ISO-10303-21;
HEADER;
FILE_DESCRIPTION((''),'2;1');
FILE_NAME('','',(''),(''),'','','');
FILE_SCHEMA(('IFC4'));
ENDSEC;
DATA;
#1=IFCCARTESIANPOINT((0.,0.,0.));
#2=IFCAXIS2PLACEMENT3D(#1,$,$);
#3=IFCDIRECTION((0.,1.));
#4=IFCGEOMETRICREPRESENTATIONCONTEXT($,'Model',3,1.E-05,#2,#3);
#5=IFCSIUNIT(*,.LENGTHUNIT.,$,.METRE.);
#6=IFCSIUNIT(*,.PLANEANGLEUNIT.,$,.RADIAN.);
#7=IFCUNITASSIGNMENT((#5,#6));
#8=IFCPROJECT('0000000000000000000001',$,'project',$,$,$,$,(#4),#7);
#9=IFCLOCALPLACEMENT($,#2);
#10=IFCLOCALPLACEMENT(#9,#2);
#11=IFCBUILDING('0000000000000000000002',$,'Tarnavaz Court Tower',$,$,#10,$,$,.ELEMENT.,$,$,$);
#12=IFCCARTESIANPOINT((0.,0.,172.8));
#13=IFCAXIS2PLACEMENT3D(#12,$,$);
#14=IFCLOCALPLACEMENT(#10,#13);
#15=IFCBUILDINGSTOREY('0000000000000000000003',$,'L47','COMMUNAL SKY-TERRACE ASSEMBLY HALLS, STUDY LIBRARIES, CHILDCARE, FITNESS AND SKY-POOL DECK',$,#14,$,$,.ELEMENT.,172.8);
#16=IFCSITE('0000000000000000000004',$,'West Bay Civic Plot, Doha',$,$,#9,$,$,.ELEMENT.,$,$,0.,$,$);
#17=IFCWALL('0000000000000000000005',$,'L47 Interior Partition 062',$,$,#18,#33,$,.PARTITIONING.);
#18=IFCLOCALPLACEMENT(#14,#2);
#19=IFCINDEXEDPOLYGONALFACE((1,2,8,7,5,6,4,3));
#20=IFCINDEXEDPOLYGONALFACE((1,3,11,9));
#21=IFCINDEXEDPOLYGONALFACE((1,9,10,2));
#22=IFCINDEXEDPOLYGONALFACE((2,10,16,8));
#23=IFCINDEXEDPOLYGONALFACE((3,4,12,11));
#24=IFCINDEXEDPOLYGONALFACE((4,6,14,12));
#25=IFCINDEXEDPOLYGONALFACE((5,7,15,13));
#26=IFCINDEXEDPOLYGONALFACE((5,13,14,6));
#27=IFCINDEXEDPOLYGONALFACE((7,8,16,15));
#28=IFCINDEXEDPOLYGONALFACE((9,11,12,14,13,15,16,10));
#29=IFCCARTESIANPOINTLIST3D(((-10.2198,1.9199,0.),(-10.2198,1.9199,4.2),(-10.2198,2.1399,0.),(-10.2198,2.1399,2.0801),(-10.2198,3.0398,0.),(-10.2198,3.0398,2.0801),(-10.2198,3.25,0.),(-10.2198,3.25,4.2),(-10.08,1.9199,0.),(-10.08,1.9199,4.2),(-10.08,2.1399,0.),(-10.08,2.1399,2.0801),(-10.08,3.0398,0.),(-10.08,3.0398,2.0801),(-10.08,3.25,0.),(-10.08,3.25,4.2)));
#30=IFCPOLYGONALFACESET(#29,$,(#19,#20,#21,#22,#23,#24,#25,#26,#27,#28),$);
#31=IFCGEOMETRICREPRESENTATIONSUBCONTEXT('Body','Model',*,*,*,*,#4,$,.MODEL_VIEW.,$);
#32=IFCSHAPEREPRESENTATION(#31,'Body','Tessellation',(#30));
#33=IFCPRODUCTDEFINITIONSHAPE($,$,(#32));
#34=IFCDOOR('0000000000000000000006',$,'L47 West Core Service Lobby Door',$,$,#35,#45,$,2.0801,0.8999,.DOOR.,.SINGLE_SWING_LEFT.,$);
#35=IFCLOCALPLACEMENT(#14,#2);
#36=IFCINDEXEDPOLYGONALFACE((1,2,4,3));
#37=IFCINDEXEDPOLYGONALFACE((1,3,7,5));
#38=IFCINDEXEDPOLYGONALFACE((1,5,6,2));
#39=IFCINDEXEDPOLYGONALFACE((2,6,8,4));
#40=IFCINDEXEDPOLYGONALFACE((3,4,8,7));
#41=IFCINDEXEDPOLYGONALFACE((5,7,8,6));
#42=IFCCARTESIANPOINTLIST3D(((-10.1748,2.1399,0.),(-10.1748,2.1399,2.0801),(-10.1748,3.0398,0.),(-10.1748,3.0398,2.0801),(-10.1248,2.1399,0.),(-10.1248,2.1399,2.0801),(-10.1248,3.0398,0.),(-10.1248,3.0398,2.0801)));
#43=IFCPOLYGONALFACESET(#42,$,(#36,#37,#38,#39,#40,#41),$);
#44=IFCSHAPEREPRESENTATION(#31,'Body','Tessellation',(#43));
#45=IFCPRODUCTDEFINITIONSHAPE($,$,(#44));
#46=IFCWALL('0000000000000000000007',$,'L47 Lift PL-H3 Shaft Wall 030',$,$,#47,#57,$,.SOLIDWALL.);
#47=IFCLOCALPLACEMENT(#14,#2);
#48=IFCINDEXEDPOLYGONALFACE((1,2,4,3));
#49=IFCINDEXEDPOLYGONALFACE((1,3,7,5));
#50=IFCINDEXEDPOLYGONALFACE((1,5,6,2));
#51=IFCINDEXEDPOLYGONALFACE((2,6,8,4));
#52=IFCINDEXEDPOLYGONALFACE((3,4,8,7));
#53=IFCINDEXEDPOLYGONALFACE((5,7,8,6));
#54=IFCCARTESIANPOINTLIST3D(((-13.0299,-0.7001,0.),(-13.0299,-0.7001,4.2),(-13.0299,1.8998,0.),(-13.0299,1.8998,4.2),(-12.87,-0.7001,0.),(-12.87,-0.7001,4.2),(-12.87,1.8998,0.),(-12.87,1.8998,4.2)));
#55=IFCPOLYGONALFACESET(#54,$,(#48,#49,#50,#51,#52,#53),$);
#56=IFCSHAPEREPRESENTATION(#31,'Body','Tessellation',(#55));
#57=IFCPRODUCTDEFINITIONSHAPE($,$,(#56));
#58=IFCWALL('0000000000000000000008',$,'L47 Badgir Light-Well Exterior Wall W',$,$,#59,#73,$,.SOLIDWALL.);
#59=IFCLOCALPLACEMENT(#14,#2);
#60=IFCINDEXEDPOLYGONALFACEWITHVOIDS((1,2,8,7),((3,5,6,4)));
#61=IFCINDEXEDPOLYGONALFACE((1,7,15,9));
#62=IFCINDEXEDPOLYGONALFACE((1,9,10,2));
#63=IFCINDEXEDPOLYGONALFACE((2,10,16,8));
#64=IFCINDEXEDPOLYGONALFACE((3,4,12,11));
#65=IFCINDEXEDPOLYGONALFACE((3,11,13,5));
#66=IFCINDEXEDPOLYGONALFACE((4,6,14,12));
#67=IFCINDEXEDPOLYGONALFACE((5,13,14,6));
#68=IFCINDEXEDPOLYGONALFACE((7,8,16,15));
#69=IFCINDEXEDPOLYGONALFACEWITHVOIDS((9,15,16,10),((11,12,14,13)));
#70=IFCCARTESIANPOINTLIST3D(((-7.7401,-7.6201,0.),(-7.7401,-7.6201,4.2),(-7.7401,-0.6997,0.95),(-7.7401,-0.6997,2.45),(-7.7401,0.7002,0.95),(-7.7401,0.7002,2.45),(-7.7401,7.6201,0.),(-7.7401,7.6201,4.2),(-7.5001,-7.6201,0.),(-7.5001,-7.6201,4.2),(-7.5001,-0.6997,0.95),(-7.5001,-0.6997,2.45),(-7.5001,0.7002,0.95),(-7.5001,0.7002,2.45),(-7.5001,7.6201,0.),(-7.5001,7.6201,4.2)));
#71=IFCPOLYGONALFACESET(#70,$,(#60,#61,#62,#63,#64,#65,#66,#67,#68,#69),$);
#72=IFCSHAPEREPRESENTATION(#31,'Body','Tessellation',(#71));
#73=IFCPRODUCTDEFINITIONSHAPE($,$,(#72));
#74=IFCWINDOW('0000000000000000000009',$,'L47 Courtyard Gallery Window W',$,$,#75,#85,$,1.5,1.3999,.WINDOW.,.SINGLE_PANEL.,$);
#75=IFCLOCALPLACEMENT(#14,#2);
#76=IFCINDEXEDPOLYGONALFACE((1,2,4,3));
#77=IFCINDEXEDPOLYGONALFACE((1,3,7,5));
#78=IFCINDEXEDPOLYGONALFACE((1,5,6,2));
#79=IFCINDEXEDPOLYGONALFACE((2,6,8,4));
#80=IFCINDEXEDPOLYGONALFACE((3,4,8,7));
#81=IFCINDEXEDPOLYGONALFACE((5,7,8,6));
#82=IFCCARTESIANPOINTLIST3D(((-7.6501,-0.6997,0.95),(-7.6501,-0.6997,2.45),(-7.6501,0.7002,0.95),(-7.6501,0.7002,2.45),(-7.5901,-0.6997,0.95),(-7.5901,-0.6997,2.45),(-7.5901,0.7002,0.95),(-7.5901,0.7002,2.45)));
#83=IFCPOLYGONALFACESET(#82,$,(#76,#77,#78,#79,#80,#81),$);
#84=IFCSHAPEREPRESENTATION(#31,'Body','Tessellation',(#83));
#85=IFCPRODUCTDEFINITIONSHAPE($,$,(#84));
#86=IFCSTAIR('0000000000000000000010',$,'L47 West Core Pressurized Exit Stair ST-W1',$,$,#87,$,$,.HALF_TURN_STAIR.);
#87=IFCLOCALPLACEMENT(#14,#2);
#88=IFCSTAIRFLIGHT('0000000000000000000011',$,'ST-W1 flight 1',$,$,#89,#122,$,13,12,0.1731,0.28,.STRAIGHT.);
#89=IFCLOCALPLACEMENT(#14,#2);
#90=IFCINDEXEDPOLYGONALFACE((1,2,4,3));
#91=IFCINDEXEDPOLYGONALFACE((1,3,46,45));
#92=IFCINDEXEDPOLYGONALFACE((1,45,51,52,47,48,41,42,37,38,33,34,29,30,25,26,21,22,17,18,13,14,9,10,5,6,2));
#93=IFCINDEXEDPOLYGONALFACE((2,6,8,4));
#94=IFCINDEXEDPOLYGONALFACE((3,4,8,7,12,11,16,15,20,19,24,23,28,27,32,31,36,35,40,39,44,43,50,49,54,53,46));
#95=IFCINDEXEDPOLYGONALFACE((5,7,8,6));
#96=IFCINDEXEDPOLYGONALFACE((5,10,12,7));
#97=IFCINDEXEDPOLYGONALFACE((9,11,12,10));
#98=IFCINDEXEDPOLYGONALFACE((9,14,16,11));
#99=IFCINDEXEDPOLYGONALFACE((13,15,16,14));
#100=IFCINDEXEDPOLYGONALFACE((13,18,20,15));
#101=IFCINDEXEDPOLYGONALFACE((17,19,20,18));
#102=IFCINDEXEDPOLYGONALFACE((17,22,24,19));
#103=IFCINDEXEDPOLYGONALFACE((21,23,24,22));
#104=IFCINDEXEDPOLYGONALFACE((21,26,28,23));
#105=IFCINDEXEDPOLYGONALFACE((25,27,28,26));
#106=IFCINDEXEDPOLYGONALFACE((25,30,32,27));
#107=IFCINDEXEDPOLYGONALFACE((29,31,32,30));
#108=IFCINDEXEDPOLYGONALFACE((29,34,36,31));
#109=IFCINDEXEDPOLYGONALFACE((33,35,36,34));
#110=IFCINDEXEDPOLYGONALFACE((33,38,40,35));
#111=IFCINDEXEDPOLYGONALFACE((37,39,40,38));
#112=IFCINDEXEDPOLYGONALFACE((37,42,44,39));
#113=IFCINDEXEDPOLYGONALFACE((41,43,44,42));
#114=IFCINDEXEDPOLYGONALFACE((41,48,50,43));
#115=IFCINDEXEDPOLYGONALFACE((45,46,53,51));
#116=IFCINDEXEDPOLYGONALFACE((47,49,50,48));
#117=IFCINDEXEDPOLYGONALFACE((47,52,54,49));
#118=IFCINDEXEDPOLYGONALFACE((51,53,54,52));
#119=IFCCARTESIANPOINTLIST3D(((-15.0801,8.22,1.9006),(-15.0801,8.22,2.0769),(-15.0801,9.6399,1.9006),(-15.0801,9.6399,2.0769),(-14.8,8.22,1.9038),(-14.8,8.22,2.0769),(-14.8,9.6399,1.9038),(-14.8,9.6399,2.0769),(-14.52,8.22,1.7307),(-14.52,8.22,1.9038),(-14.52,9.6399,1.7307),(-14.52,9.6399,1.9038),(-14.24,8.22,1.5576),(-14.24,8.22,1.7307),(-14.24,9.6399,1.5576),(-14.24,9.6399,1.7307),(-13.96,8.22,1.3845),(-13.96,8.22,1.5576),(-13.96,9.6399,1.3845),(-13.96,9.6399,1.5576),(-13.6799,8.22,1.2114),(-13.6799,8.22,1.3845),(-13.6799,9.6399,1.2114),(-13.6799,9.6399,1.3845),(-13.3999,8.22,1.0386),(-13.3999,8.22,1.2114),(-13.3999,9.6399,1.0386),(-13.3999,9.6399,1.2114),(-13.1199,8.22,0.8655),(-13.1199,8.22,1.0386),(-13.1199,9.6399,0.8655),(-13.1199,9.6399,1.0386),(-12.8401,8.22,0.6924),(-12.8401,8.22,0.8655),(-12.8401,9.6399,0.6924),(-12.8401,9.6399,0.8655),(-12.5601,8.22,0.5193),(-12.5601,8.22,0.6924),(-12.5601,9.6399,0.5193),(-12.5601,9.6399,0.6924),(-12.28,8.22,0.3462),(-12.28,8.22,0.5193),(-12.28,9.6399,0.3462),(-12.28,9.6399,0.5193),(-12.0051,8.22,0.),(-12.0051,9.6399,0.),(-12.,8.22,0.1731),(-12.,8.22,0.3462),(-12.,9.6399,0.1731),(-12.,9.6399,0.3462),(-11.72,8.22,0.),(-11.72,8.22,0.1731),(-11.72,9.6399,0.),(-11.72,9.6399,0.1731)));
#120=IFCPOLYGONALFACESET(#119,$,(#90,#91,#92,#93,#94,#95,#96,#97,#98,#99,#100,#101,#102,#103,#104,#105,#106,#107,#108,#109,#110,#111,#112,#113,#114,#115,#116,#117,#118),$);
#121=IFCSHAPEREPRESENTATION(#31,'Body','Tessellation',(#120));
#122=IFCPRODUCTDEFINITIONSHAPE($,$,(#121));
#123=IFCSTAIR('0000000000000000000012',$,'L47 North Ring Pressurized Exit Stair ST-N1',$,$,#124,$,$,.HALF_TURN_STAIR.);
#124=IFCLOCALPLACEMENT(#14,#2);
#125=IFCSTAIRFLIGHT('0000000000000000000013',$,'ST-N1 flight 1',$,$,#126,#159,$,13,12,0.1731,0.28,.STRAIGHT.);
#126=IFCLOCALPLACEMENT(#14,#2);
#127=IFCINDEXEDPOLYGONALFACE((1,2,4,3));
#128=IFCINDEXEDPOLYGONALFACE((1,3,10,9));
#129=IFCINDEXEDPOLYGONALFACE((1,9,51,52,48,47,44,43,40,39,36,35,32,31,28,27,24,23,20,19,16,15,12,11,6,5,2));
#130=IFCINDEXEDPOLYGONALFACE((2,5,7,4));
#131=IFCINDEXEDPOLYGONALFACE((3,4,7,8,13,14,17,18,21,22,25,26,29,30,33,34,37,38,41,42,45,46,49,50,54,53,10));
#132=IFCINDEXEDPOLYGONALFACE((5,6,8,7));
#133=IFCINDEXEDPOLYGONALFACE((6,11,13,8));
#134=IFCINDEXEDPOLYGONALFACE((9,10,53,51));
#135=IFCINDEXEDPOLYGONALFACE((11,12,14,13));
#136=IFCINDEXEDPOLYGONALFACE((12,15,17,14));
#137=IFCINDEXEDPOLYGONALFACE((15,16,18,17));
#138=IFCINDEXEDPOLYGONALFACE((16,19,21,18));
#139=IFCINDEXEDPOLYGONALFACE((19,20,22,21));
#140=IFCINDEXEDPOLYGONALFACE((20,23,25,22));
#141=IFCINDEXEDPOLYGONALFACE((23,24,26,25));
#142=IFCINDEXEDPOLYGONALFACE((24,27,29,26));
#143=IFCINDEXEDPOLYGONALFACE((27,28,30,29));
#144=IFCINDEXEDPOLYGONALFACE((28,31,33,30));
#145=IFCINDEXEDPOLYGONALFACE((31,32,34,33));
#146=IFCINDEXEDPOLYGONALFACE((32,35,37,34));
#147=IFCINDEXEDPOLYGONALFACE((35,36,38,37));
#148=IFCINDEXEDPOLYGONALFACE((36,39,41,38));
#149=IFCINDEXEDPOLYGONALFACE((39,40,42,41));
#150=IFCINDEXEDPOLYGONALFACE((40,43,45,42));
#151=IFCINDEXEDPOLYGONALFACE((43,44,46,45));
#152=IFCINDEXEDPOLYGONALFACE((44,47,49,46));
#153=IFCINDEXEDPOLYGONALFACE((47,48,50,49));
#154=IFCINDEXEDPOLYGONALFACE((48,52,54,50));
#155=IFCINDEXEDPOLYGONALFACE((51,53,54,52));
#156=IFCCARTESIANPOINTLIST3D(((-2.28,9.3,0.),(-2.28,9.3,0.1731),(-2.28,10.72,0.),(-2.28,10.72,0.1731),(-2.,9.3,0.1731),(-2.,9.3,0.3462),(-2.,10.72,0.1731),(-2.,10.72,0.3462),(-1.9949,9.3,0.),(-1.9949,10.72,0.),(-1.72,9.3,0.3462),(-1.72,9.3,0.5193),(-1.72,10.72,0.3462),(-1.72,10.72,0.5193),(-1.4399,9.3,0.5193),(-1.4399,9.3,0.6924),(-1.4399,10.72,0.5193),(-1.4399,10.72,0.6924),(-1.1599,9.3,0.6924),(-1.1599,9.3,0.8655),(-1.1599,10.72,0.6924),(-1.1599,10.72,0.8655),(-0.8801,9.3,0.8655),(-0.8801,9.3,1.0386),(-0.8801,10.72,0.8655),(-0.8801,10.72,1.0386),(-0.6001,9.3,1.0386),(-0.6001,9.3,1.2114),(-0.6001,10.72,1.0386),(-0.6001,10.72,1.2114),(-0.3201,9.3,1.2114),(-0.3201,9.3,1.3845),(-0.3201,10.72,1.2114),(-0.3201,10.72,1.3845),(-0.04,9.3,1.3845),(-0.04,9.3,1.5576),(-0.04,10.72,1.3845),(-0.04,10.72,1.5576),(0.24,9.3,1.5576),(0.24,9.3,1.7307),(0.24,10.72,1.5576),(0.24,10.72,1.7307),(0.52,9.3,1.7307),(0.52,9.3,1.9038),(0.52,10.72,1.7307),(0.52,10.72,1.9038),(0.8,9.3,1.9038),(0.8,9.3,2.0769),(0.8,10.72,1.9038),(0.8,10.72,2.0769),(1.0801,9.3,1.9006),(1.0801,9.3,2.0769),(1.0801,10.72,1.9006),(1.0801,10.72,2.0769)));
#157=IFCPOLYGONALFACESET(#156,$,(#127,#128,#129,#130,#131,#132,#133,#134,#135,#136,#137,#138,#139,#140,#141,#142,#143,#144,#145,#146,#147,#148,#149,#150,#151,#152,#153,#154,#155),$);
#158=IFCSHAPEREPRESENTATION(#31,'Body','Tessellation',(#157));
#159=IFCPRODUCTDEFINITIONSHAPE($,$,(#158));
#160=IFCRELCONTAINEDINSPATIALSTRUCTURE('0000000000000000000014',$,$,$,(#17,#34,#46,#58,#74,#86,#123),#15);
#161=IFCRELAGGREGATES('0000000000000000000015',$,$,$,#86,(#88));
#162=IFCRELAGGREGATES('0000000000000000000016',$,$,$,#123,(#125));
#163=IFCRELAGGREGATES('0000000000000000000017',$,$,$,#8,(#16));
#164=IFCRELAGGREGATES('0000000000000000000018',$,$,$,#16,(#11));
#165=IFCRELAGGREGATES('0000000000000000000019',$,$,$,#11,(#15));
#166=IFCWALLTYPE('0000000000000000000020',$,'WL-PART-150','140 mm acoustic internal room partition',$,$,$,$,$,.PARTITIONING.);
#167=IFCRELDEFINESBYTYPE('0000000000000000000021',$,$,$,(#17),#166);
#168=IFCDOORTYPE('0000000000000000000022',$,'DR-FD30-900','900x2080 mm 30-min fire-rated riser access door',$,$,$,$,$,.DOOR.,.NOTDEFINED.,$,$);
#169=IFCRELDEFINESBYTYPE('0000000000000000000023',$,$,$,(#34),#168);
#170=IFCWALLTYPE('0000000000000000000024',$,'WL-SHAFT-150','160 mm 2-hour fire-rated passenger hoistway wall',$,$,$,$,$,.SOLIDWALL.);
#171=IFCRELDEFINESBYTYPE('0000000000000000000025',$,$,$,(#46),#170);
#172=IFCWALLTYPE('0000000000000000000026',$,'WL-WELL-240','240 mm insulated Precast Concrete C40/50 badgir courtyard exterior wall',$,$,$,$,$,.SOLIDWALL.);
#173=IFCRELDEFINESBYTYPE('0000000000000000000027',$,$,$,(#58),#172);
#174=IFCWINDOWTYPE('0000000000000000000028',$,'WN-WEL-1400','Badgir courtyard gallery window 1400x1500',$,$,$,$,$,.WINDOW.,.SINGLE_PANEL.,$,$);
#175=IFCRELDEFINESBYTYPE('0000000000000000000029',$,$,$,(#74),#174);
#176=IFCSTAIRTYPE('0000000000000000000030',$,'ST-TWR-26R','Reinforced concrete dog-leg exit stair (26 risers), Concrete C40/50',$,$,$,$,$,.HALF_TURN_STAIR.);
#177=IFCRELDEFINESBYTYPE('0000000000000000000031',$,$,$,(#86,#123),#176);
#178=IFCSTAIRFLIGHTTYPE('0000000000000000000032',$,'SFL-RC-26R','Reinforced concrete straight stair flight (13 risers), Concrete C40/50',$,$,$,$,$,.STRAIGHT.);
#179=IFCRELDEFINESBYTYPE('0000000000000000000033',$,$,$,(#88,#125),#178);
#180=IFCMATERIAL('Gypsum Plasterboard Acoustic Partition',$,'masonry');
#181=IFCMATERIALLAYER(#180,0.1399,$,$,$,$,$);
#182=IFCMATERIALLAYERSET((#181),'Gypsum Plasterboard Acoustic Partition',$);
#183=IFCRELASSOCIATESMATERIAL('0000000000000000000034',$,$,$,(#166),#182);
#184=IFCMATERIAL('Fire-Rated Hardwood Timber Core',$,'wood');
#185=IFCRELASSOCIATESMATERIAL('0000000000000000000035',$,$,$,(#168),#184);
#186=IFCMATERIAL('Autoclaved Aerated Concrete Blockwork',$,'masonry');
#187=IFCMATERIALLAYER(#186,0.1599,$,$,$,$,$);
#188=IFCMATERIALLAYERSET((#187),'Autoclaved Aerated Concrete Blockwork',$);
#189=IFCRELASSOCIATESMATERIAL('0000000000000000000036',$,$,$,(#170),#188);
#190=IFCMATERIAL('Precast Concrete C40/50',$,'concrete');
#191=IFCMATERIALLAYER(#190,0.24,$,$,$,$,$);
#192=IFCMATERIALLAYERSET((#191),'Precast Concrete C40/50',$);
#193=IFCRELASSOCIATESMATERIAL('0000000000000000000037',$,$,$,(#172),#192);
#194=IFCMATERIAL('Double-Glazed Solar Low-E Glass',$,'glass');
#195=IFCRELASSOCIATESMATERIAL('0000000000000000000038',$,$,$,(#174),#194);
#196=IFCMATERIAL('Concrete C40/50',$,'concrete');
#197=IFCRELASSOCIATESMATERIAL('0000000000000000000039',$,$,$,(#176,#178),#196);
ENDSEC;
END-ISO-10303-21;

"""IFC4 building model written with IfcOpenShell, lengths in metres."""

from ifc_helpers import new_model, si_unit, direction, frame, frame_2d, origin, place, context, subcontext, project, spatial, polyline, rectangle, outline, extrude, material, layer, layer_set, type_object, element, fill, aggregate, save


model = new_model("IFC4")

# Units and contexts
model_context = context("Model", 3, precision=1e-05, world=origin(), true_north=direction((0.0, 1.0)))
body_context = subcontext(model_context, "Body", "Model", "MODEL_VIEW")
ifc_project = project(units=[si_unit("LENGTHUNIT", "METRE"), si_unit("PLANEANGLEUNIT", "RADIAN")], contexts=[model_context])

# Site, building, storey
site_placement = place(None, origin())
site = spatial("IfcSite", under=ifc_project, at=site_placement, Name="West Bay Civic Plot, Doha", CompositionType="ELEMENT", RefElevation=0.0)
building_placement = place(site_placement, origin())
building = spatial("IfcBuilding", under=site, at=building_placement, Name="Tarnavaz Court Tower", CompositionType="ELEMENT")
storey_placement = place(building_placement, frame((0.0, 0.0, 172.8)))
storey = spatial("IfcBuildingStorey", under=building, at=storey_placement, Name="L47", Description="COMMUNAL SKY-TERRACE ASSEMBLY HALLS, STUDY LIBRARIES, CHILDCARE, FITNESS AND SKY-POOL DECK", CompositionType="ELEMENT", Elevation=172.8)

# Shared definitions
ifc_material_1 = material(Name="Double-Glazed Solar Low-E Glass", Category="glass")

# Shared definitions
ifc_material_2 = material(Name="Concrete C40/50", Category="concrete")

# Shared definitions
ifc_material_3 = material(Name="Fire-Rated Hardwood Timber Core", Category="wood")

# Shared definitions
ifc_material_4 = material(Name="Autoclaved Aerated Concrete Blockwork", Category="masonry")

# Shared definitions
ifc_material_5 = material(Name="Gypsum Plasterboard Acoustic Partition", Category="masonry")
ifc_layer_1 = layer(ifc_material_5, 0.1399)
ifc_layer_set_1 = layer_set([ifc_layer_1], Name="Gypsum Plasterboard Acoustic Partition")
wall_type_1 = type_object("IfcWallType", Name="WL-PART-150", Description="140 mm acoustic internal room partition", PredefinedType="PARTITIONING", material=ifc_layer_set_1)

# Wall, opening, door
wall_1_placement = place(storey_placement, frame((-10.1499, 1.9199, 0.0), z_axis=(0.0, 0.0, 1.0), x_axis=(0.0, 1.0, 0.0)))
wall_1 = element("IfcWall", 1, at=wall_1_placement, inside=storey, type_object=wall_type_1, Name="L47 Interior Partition 062", PredefinedType="PARTITIONING", context=body_context, shape_type="SweptSolid", body=[
    extrude(rectangle(XDim=1.3301, YDim=0.1399, at=frame_2d((0.665, 0.0))), origin(), (0.0, 0.0, 1.0), 4.2),
])
opening_1_placement = place(wall_1_placement, frame((0.22, 0.0, 0.0)))
opening_1 = element("IfcOpeningElement", 2, at=opening_1_placement, cuts=wall_1, PredefinedType="OPENING", context=body_context, shape_type="SweptSolid", body=[
    extrude(rectangle(XDim=0.8999, YDim=2.0801, at=frame_2d((0.45, 1.04))), frame((0.0, 0.0798, 0.0), z_axis=(0.0, -1.0, 0.0), x_axis=(1.0, 0.0, 0.0)), (0.0, 0.0, 1.0), 0.1599),
])
door_type_1 = type_object("IfcDoorType", Name="DR-FD30-900", Description="900x2080 mm 30-min fire-rated riser access door", OperationType="NOTDEFINED", PredefinedType="DOOR", material=ifc_material_3)
door_1_placement = place(opening_1_placement, origin())
door_1 = element("IfcDoor", 3, at=door_1_placement, inside=storey, type_object=door_type_1, Name="L47 West Core Service Lobby Door", OperationType="SINGLE_SWING_LEFT", OverallHeight=2.0801, OverallWidth=0.8999, PredefinedType="DOOR", context=body_context, shape_type="SweptSolid", body=[
    extrude(rectangle(XDim=0.8999, YDim=2.0801, at=frame_2d((0.45, 1.04))), frame((0.0, 0.0249, 0.0), z_axis=(0.0, -1.0, 0.0), x_axis=(1.0, 0.0, 0.0)), (0.0, 0.0, 1.0), 0.05),
])
fill(opening_1, door_1)

# Wall
ifc_layer_2 = layer(ifc_material_4, 0.1599)
ifc_layer_set_2 = layer_set([ifc_layer_2], Name="Autoclaved Aerated Concrete Blockwork")
wall_type_2 = type_object("IfcWallType", Name="WL-SHAFT-150", Description="160 mm 2-hour fire-rated passenger hoistway wall", PredefinedType="SOLIDWALL", material=ifc_layer_set_2)
wall_2_placement = place(storey_placement, frame((-12.95, -0.7, 0.0), z_axis=(0.0, 0.0, 1.0), x_axis=(0.0, 1.0, 0.0)))
element("IfcWall", 4, at=wall_2_placement, inside=storey, type_object=wall_type_2, Name="L47 Lift PL-H3 Shaft Wall 030", PredefinedType="SOLIDWALL", context=body_context, shape_type="SweptSolid", body=[
    extrude(rectangle(XDim=2.5999, YDim=0.1599, at=frame_2d((1.2998, 0.0))), origin(), (0.0, 0.0, 1.0), 4.2),
])

# Wall, opening, window
ifc_material_6 = material(Name="Precast Concrete C40/50", Category="concrete")
ifc_layer_3 = layer(ifc_material_6, 0.24)
ifc_layer_set_3 = layer_set([ifc_layer_3], Name="Precast Concrete C40/50")
wall_type_3 = type_object("IfcWallType", Name="WL-WELL-240", Description="240 mm insulated Precast Concrete C40/50 badgir courtyard exterior wall", PredefinedType="SOLIDWALL", material=ifc_layer_set_3)
wall_3_placement = place(storey_placement, frame((-7.6201, 7.6201, 0.0), z_axis=(0.0, 0.0, 1.0), x_axis=(0.0, -1.0, 0.0)))
wall_3 = element("IfcWall", 5, at=wall_3_placement, inside=storey, type_object=wall_type_3, Name="L47 Badgir Light-Well Exterior Wall W", PredefinedType="SOLIDWALL", context=body_context, shape_type="SweptSolid", body=[
    extrude(rectangle(XDim=15.2402, YDim=0.24, at=frame_2d((7.6201, 0.0))), origin(), (0.0, 0.0, 1.0), 4.2),
])
opening_2_placement = place(wall_3_placement, frame((6.9199, 0.0, 0.95)))
opening_2 = element("IfcOpeningElement", 6, at=opening_2_placement, cuts=wall_3, PredefinedType="OPENING", context=body_context, shape_type="SweptSolid", body=[
    extrude(rectangle(XDim=1.3999, YDim=1.5, at=frame_2d((0.7, 0.75))), frame((0.0, 0.1299, 0.0), z_axis=(0.0, -1.0, 0.0), x_axis=(1.0, 0.0, 0.0)), (0.0, 0.0, 1.0), 0.26),
])
window_type = type_object("IfcWindowType", Name="WN-WEL-1400", Description="Badgir courtyard gallery window 1400x1500", PartitioningType="SINGLE_PANEL", PredefinedType="WINDOW", material=ifc_material_1)
window_placement = place(opening_2_placement, origin())
window = element("IfcWindow", 7, at=window_placement, inside=storey, type_object=window_type, Name="L47 Courtyard Gallery Window W", OverallHeight=1.5, OverallWidth=1.3999, PartitioningType="SINGLE_PANEL", PredefinedType="WINDOW", context=body_context, shape_type="SweptSolid", body=[
    extrude(rectangle(XDim=1.3999, YDim=1.5, at=frame_2d((0.7, 0.75))), frame((0.0, 0.03, 0.0), z_axis=(0.0, -1.0, 0.0), x_axis=(1.0, 0.0, 0.0)), (0.0, 0.0, 1.0), 0.0601),
])
fill(opening_2, window)

# Stairs, stair flights
stair_type = type_object("IfcStairType", Name="ST-TWR-26R", Description="Reinforced concrete dog-leg exit stair (26 risers), Concrete C40/50", PredefinedType="HALF_TURN_STAIR", material=ifc_material_2)
stair_1_placement = place(storey_placement, origin())
stair_1 = element("IfcStair", 8, at=stair_1_placement, inside=storey, type_object=stair_type, Name="L47 West Core Pressurized Exit Stair ST-W1", PredefinedType="HALF_TURN_STAIR")
stair_flight_type = type_object("IfcStairFlightType", Name="SFL-RC-26R", Description="Reinforced concrete straight stair flight (13 risers), Concrete C40/50", PredefinedType="STRAIGHT", material=ifc_material_2)
stair_flight_1_placement = place(storey_placement, frame((-11.72, 8.9299, 0.0), z_axis=(0.0, 0.0, 1.0), x_axis=(-1.0, 0.0, 0.0)))
stair_flight_1 = element("IfcStairFlight", 9, at=stair_flight_1_placement, type_object=stair_flight_type, Name="ST-W1 flight 1", NumberOfRisers=13, NumberOfTreads=12, PredefinedType="STRAIGHT", RiserHeight=0.1731, TreadLength=0.28, context=body_context, shape_type="SweptSolid", body=[
    extrude(outline(polyline([(0.0, 0.0), (0.0, 0.1731), (0.28, 0.1731), (0.28, 0.3462), (0.5601, 0.3462), (0.5601, 0.5193), (0.8401, 0.5193), (0.8401, 0.6924), (1.1201, 0.6924), (1.1201, 0.8655), (1.3999, 0.8655), (1.3999, 1.0386), (1.6799, 1.0386), (1.6799, 1.2114), (1.96, 1.2114), (1.96, 1.3845), (2.24, 1.3845), (2.24, 1.5576), (2.52, 1.5576), (2.52, 1.7307), (2.8, 1.7307), (2.8, 1.9038), (3.0801, 1.9038), (3.0801, 2.0769), (3.3601, 2.0769), (3.3601, 2.25), (3.3601, 1.9006), (0.2852, 0.0), (0.0, 0.0)])), frame((0.0, 0.71, 0.0), z_axis=(0.0, -1.0, 0.0), x_axis=(1.0, 0.0, 0.0)), (0.0, 0.0, 1.0), 1.4199),
])
aggregate(stair_1, [stair_flight_1])
stair_2_placement = place(storey_placement, origin())
stair_2 = element("IfcStair", 10, at=stair_2_placement, inside=storey, type_object=stair_type, Name="L47 North Ring Pressurized Exit Stair ST-N1", PredefinedType="HALF_TURN_STAIR")
stair_flight_2_placement = place(storey_placement, frame((-2.28, 10.01, 0.0), z_axis=(0.0, 0.0, 1.0), x_axis=(1.0, 0.0, 0.0)))
stair_flight_2 = element("IfcStairFlight", 11, at=stair_flight_2_placement, type_object=stair_flight_type, Name="ST-N1 flight 1", NumberOfRisers=13, NumberOfTreads=12, PredefinedType="STRAIGHT", RiserHeight=0.1731, TreadLength=0.28, context=body_context, shape_type="SweptSolid", body=[
    extrude(outline(polyline([(0.0, 0.0), (0.0, 0.1731), (0.28, 0.1731), (0.28, 0.3462), (0.5601, 0.3462), (0.5601, 0.5193), (0.8401, 0.5193), (0.8401, 0.6924), (1.1201, 0.6924), (1.1201, 0.8655), (1.3999, 0.8655), (1.3999, 1.0386), (1.6799, 1.0386), (1.6799, 1.2114), (1.96, 1.2114), (1.96, 1.3845), (2.24, 1.3845), (2.24, 1.5576), (2.52, 1.5576), (2.52, 1.7307), (2.8, 1.7307), (2.8, 1.9038), (3.0801, 1.9038), (3.0801, 2.0769), (3.3601, 2.0769), (3.3601, 2.25), (3.3601, 1.9006), (0.2852, 0.0), (0.0, 0.0)])), frame((0.0, 0.71, 0.0), z_axis=(0.0, -1.0, 0.0), x_axis=(1.0, 0.0, 0.0)), (0.0, 0.0, 1.0), 1.4199),
])
aggregate(stair_2, [stair_flight_2])

save(model, "model.ifc")
